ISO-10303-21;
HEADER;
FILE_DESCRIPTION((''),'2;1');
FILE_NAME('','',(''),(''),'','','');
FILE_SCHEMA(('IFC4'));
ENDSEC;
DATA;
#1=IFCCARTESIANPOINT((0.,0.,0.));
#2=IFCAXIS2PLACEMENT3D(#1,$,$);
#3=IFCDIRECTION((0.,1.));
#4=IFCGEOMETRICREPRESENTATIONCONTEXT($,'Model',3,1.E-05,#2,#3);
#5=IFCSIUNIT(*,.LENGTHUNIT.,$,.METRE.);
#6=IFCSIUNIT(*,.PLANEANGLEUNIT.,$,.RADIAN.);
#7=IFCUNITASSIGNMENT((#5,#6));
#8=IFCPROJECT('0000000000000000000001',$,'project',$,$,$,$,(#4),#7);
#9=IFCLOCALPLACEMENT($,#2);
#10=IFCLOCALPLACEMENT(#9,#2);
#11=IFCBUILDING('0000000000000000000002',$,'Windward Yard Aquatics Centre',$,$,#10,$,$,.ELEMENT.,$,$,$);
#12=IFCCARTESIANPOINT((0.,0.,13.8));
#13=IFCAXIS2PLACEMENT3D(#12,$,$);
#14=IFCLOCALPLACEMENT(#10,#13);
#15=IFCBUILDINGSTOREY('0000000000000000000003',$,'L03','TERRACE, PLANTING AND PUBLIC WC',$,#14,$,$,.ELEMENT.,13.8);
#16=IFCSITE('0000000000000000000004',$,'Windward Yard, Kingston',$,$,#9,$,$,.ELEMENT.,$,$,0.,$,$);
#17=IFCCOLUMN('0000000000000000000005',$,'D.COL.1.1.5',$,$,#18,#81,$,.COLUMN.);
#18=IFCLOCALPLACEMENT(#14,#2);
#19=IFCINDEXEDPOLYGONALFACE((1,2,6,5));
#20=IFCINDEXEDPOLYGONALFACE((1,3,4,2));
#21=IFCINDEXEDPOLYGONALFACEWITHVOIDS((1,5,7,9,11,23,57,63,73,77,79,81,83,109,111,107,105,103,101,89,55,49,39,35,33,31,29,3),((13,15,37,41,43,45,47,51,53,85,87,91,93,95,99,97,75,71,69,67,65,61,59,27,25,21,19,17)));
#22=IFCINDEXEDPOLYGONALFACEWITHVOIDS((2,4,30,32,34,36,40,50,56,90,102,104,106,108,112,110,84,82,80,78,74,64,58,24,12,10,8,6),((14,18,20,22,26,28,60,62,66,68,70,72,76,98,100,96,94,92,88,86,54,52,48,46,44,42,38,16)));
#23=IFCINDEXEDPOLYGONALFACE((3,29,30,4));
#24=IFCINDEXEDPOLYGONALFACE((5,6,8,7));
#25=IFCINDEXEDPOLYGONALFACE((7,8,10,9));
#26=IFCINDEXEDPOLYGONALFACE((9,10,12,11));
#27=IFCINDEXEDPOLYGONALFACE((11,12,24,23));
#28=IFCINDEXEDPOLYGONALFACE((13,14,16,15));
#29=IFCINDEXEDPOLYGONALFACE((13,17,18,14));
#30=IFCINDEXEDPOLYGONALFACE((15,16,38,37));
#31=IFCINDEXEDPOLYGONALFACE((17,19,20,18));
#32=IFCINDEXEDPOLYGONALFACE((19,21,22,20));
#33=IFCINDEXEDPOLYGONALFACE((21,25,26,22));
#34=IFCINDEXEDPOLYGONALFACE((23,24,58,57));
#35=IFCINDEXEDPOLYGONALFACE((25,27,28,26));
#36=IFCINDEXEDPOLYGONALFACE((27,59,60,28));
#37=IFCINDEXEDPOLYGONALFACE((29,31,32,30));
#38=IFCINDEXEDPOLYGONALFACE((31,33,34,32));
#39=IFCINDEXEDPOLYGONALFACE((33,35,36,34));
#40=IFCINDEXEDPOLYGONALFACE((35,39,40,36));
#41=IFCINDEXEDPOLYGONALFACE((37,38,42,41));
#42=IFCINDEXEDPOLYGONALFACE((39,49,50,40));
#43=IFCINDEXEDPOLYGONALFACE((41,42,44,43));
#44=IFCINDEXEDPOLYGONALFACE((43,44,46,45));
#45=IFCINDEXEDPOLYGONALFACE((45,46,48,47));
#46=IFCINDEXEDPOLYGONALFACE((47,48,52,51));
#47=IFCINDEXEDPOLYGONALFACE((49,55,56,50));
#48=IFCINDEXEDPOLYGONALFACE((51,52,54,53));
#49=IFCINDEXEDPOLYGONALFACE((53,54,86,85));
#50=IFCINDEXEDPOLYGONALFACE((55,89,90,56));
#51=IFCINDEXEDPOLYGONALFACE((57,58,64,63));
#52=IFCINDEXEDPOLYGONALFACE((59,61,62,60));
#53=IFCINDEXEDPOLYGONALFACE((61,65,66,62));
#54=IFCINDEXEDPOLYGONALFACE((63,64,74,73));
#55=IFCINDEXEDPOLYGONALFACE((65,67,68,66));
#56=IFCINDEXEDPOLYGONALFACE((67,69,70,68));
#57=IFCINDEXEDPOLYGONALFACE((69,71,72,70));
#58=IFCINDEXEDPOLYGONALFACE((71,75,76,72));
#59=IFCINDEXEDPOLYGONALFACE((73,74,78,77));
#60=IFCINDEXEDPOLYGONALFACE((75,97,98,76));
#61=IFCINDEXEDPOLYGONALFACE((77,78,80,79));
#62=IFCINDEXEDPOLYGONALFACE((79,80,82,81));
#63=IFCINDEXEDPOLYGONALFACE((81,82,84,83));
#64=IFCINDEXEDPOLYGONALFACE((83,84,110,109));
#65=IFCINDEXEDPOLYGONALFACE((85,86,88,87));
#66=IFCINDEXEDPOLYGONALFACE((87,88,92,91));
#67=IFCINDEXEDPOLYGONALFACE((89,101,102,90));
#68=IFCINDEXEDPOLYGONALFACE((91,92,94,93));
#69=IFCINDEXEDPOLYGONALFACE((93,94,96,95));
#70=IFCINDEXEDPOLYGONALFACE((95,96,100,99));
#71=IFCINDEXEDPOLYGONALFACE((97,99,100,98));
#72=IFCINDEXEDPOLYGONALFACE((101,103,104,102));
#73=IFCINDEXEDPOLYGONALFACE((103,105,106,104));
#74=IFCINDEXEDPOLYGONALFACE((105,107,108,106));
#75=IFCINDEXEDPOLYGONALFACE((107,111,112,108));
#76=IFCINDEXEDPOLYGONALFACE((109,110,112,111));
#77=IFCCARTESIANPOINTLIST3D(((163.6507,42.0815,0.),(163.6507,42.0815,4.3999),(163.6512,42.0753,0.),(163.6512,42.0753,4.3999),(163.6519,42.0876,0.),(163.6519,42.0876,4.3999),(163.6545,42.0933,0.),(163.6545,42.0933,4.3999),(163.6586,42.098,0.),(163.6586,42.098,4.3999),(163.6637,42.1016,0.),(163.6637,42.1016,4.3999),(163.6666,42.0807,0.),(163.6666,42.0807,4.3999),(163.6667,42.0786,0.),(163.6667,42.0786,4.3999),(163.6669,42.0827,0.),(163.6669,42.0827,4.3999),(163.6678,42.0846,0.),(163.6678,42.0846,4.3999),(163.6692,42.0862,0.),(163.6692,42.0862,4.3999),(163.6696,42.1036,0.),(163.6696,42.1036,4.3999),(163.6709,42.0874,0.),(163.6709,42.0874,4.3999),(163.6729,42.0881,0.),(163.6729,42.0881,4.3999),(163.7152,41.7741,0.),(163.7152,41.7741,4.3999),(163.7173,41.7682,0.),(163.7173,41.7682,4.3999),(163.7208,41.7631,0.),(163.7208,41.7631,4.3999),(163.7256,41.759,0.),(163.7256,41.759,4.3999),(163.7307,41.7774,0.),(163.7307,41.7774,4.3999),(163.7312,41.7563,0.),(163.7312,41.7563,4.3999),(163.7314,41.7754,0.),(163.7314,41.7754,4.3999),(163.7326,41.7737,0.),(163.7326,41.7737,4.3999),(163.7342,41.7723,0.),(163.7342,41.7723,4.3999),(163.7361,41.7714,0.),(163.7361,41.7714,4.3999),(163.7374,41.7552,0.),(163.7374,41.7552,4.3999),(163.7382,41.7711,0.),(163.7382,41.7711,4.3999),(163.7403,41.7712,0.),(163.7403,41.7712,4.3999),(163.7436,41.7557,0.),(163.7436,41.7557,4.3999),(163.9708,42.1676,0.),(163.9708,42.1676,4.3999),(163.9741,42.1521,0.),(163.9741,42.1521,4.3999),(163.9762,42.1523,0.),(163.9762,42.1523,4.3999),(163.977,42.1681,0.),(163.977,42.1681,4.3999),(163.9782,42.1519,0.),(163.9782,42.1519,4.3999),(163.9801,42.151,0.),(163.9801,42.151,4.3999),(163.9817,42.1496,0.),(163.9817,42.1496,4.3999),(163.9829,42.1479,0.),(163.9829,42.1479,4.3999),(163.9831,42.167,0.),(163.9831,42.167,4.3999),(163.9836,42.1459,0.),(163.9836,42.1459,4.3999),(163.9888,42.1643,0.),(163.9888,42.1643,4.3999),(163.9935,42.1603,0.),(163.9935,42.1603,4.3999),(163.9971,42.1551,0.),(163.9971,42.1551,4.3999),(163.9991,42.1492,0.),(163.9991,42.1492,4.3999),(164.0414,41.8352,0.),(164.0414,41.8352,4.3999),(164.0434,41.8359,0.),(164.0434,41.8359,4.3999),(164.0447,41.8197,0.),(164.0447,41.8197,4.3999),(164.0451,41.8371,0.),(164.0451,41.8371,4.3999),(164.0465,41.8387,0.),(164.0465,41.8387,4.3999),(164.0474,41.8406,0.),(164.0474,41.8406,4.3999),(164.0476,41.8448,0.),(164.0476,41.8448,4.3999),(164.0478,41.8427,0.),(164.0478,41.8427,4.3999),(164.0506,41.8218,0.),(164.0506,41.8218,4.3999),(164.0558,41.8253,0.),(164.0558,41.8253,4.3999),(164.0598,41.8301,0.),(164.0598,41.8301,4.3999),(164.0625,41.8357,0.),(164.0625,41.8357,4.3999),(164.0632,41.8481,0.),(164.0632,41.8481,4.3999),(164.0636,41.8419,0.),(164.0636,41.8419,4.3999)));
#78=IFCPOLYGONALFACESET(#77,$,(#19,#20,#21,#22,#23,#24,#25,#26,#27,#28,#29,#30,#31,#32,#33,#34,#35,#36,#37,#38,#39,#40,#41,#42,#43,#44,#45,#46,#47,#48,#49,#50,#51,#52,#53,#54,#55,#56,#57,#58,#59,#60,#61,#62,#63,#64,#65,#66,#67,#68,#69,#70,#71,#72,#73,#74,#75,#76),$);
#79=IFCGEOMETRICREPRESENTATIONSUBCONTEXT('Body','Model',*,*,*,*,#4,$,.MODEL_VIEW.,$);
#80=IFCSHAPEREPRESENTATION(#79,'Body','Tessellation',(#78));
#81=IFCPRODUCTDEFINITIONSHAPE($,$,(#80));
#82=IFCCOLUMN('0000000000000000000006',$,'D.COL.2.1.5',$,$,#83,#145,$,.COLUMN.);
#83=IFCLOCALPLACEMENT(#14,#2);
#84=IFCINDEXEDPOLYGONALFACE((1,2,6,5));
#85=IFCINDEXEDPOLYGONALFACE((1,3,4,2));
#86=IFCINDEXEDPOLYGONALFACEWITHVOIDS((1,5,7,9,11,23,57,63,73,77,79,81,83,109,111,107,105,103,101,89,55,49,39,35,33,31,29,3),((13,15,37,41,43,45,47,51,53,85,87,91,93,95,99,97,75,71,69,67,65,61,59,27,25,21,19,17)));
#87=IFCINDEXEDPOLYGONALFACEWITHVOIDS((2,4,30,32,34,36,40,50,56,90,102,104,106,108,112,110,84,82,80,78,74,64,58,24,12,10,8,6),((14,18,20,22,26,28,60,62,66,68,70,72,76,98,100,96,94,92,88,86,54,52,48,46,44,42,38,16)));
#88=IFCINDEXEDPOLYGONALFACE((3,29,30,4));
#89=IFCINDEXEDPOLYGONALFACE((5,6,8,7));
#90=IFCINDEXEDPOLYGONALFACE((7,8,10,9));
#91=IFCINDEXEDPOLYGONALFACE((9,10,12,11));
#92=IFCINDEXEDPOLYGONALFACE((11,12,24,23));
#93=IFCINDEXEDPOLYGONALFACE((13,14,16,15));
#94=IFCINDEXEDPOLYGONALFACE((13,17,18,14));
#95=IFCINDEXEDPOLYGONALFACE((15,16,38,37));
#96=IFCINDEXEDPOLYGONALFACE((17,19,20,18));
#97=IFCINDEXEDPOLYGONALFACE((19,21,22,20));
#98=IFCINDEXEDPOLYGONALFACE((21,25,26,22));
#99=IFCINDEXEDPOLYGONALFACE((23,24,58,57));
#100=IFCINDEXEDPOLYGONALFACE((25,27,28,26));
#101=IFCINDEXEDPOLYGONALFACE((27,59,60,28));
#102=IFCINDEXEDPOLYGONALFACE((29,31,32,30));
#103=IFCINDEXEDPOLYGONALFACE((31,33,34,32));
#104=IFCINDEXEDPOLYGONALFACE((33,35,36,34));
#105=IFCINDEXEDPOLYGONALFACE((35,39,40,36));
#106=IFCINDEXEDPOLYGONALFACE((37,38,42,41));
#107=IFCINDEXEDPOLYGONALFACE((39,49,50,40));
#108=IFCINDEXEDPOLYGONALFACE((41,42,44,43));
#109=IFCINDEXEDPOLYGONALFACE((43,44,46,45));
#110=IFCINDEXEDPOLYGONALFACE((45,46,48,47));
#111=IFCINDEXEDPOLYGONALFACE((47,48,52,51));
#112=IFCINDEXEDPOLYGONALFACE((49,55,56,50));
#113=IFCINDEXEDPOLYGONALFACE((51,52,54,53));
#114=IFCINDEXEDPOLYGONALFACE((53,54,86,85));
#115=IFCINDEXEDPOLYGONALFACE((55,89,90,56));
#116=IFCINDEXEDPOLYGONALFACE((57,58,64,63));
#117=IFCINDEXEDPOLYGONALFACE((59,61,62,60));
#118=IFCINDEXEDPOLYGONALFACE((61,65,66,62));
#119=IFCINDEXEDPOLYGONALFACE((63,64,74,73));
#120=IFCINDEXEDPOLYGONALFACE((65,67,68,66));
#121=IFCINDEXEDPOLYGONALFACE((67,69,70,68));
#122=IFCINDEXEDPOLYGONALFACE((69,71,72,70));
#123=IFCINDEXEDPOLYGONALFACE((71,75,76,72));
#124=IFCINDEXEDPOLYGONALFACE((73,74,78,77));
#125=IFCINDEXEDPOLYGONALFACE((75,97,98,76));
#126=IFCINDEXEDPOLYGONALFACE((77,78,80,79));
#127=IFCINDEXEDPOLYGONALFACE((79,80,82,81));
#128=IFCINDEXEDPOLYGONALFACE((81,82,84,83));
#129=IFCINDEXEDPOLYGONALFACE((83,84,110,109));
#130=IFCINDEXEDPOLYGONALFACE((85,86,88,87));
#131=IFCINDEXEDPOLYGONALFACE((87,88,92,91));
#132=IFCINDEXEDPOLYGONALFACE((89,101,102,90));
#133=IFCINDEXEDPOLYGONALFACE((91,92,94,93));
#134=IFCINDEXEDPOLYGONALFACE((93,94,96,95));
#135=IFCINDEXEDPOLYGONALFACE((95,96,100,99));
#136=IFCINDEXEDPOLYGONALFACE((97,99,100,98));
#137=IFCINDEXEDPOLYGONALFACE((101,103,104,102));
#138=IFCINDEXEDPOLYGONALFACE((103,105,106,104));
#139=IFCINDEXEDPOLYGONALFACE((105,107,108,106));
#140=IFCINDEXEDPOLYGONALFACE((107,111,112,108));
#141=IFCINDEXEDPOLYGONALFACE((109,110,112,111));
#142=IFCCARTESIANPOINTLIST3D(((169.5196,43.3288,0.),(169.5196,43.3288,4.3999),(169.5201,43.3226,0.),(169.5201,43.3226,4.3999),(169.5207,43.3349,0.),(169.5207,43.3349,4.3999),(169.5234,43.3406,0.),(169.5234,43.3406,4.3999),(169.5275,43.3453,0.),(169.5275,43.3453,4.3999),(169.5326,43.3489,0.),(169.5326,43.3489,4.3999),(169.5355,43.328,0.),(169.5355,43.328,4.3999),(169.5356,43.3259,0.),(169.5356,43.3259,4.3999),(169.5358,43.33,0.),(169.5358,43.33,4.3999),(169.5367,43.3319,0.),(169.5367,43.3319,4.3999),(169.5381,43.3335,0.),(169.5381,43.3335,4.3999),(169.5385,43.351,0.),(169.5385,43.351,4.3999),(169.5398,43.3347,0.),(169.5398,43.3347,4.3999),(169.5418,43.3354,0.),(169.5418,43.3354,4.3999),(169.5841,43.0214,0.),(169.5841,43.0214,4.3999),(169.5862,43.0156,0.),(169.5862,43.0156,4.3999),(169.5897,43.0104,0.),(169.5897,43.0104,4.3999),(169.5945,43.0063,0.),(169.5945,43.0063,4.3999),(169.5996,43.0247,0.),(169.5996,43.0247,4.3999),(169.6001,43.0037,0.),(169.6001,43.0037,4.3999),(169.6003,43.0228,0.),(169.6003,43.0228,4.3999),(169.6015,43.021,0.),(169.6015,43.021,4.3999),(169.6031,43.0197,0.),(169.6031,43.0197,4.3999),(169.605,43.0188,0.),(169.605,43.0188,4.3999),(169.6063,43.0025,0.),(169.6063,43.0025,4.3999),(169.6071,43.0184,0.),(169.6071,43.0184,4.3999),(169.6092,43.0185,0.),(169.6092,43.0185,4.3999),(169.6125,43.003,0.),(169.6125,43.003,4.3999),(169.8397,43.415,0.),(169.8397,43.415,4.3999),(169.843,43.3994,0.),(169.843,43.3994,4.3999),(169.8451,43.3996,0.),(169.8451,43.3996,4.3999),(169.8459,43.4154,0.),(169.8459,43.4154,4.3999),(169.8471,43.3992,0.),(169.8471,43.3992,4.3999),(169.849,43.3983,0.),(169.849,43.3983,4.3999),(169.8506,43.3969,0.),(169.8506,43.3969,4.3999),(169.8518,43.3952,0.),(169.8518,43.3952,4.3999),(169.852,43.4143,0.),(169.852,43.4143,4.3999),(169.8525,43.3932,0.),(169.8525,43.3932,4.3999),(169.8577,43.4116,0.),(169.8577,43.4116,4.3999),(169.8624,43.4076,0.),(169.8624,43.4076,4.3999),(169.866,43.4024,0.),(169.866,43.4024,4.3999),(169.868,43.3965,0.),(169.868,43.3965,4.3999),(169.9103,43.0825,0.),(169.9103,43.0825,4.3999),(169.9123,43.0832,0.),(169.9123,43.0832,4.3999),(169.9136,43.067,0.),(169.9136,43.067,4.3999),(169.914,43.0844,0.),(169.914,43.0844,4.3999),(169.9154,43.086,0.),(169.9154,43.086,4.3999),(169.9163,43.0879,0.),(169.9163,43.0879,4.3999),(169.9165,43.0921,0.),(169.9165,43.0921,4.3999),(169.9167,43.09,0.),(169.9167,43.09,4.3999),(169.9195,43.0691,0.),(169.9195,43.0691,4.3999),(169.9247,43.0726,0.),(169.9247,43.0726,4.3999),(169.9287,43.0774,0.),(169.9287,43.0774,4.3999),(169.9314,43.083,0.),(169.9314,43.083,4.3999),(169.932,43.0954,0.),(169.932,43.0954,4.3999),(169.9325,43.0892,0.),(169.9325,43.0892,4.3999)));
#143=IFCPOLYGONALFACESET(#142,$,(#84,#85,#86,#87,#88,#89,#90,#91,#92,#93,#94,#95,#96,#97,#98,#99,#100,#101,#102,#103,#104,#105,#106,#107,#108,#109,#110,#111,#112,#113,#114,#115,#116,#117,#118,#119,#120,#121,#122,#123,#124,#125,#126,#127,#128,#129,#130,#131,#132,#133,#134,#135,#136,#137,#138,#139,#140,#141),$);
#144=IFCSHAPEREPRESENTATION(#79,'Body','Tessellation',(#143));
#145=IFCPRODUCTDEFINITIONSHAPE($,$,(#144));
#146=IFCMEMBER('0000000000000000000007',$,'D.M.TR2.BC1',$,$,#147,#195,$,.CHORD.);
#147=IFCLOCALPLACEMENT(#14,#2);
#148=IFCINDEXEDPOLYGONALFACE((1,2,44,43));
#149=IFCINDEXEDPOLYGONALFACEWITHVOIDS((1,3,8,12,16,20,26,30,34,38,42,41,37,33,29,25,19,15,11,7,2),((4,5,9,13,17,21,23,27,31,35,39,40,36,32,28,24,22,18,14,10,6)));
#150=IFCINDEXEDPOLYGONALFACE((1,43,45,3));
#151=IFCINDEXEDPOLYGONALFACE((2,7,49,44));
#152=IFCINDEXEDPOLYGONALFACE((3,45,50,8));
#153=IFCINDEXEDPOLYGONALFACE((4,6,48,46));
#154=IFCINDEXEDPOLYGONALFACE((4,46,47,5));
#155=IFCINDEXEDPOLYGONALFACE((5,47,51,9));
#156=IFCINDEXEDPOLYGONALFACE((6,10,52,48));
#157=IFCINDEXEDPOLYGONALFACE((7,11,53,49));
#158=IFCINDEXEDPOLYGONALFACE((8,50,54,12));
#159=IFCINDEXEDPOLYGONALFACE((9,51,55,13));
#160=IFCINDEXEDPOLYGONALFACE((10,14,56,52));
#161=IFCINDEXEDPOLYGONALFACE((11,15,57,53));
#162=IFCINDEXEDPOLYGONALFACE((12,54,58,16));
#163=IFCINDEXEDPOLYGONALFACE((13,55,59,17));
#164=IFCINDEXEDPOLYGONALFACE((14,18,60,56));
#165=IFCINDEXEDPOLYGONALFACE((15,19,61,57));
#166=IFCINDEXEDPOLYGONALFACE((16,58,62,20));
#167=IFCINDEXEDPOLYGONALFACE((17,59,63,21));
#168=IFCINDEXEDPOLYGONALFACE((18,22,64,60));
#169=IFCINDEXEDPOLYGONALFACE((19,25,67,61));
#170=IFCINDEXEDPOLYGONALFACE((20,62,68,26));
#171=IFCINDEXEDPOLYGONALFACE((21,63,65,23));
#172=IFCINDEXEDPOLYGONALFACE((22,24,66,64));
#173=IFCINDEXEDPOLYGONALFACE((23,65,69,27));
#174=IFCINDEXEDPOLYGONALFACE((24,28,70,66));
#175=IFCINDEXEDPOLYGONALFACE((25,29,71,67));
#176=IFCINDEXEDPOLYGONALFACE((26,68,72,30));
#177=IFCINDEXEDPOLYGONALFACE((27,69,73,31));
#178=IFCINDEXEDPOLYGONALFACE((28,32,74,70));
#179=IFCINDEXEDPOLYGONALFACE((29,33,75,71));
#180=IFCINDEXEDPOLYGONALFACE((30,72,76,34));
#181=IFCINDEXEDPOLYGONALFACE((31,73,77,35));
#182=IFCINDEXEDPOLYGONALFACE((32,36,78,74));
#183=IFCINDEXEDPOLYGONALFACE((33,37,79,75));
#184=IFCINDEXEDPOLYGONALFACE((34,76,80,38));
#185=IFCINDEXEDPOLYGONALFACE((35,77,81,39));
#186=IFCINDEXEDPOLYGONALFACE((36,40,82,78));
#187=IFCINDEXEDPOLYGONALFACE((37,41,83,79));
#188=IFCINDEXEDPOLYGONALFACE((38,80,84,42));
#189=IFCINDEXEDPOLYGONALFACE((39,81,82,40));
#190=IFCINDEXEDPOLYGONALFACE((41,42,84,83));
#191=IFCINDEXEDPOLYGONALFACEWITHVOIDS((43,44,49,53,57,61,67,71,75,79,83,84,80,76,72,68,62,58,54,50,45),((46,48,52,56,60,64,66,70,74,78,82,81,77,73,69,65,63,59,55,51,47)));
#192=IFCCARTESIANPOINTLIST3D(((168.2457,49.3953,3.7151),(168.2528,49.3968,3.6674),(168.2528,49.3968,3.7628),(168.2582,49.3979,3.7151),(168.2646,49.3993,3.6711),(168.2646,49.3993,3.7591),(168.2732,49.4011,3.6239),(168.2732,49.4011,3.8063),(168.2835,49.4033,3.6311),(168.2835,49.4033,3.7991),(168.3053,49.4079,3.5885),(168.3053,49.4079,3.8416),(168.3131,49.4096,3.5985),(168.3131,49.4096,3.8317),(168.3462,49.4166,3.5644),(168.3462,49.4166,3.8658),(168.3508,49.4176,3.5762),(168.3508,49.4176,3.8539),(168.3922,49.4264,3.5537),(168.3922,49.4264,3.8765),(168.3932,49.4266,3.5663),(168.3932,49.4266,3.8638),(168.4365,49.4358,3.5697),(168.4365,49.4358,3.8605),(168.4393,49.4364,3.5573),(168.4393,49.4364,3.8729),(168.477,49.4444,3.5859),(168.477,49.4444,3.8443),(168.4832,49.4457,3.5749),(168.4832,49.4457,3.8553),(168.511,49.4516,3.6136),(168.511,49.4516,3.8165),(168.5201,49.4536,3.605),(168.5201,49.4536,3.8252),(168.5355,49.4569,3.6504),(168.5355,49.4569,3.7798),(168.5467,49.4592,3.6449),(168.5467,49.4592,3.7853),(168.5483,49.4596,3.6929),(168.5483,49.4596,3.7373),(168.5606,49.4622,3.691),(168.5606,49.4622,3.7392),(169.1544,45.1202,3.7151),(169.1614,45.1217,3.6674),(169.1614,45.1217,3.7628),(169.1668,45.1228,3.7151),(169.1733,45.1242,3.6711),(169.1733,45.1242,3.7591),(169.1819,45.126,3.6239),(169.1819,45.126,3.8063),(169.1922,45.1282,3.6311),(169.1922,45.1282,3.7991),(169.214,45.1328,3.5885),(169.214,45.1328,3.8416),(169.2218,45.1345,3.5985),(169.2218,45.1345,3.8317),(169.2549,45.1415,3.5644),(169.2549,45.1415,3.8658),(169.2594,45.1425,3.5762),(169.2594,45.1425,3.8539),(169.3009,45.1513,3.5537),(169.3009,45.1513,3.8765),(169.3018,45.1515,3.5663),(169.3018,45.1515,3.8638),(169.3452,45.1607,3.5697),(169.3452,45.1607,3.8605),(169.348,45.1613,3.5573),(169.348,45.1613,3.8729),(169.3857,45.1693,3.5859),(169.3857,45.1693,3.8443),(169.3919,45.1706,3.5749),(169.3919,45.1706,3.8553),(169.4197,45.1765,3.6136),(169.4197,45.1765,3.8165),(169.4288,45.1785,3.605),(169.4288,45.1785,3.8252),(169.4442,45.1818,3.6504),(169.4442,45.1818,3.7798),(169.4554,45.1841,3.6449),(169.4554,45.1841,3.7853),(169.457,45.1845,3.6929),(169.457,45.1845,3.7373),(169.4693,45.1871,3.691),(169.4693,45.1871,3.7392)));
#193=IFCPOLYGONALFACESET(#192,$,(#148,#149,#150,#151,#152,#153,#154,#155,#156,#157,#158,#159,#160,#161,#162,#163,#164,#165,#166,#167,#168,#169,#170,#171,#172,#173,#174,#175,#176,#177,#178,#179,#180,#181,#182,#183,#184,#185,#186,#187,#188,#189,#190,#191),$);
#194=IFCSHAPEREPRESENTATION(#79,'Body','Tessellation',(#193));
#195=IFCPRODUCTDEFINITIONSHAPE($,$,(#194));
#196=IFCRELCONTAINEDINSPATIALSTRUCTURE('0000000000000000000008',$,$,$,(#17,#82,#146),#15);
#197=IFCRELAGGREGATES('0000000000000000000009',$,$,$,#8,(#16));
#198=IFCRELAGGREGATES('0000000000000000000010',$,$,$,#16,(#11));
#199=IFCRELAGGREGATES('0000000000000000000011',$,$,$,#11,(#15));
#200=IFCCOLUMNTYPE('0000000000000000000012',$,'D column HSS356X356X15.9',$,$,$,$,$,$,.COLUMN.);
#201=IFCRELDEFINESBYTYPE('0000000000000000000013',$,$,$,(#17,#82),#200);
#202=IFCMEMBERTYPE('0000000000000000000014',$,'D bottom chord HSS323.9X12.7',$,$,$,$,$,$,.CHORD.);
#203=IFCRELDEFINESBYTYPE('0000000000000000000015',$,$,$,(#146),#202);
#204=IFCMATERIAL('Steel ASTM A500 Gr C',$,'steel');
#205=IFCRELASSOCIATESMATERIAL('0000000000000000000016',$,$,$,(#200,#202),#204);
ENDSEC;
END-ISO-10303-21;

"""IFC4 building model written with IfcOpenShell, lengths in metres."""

from ifc_helpers import new_model, si_unit, direction, frame, origin, origin_2d, place, context, subcontext, project, spatial, hollow_rectangle, hollow_circle, extrude, material, material_profile, profile_set, type_object, element, save


model = new_model("IFC4")

# Units and contexts
model_context = context("Model", 3, precision=1e-05, world=origin(), true_north=direction((0.0, 1.0)))
body_context = subcontext(model_context, "Body", "Model", "MODEL_VIEW")
ifc_project = project(units=[si_unit("LENGTHUNIT", "METRE"), si_unit("PLANEANGLEUNIT", "RADIAN")], contexts=[model_context])

# Site, building, storey
site_placement = place(None, origin())
site = spatial("IfcSite", under=ifc_project, at=site_placement, Name="Windward Yard, Kingston", CompositionType="ELEMENT", RefElevation=0.0)
building_placement = place(site_placement, origin())
building = spatial("IfcBuilding", under=site, at=building_placement, Name="Windward Yard Aquatics Centre", CompositionType="ELEMENT")
storey_placement = place(building_placement, frame((0.0, 0.0, 13.8)))
storey = spatial("IfcBuildingStorey", under=building, at=storey_placement, Name="L03", Description="TERRACE, PLANTING AND PUBLIC WC", CompositionType="ELEMENT", Elevation=13.8)

# Columns
ifc_material_1 = material(Name="Steel ASTM A500 Gr C", Category="steel")
ifc_material_profile_1 = material_profile(ifc_material_1, hollow_rectangle(XDim=0.3557, YDim=0.3557, WallThickness=0.0159, InnerFilletRadius=0.0081, OuterFilletRadius=0.0239, at=origin_2d()), Name="HSS356X356X15.9")
ifc_profile_set_1 = profile_set([ifc_material_profile_1], Name="Steel ASTM A500 Gr C")
column_type = type_object("IfcColumnType", Name="D column HSS356X356X15.9", PredefinedType="COLUMN", material=ifc_profile_set_1)
for number, where, z_axis, x_axis, name in (
    (1, (163.8572, 41.9617, 0.0), (0.0, 0.0, 1.0), (0.978148, 0.207912, 0.0), "D.COL.1.1.5"),
    (2, (169.7261, 43.209, 0.0), (0.0, 0.0, 1.0), (0.978148, 0.207912, 0.0), "D.COL.2.1.5"),
):
    element("IfcColumn", number, at=place(storey_placement, frame(where, z_axis=z_axis, x_axis=x_axis)), inside=storey, type_object=column_type, Name=name, PredefinedType="COLUMN", context=body_context, shape_type="SweptSolid", body=[
        extrude(hollow_rectangle(XDim=0.3557, YDim=0.3557, WallThickness=0.0159, InnerFilletRadius=0.0081, OuterFilletRadius=0.0239, at=origin_2d()), origin(), (0.0, 0.0, 1.0), 4.3999),
    ])

# Member
ifc_material_profile_2 = material_profile(ifc_material_1, hollow_circle(Radius=0.1619, WallThickness=0.0127, at=origin_2d()), Name="HSS323.9X12.7")
ifc_profile_set_2 = profile_set([ifc_material_profile_2], Name="Steel ASTM A500 Gr C")
member_type_1 = type_object("IfcMemberType", Name="D bottom chord HSS323.9X12.7", PredefinedType="CHORD", material=ifc_profile_set_2)
member_1_placement = place(storey_placement, frame((169.3127, 45.1538, 3.7151), z_axis=(-0.207908, 0.978148, 0.0), x_axis=(-0.978148, -0.207908, 0.0)))
element("IfcMember", 3, at=member_1_placement, inside=storey, type_object=member_type_1, Name="D.M.TR2.BC1", PredefinedType="CHORD", context=body_context, shape_type="SweptSolid", body=[
    extrude(hollow_circle(Radius=0.1619, WallThickness=0.0127, at=origin_2d()), origin(), (0.0, 0.0, 1.0), 4.3706),
])

save(model, "model.ifc")
